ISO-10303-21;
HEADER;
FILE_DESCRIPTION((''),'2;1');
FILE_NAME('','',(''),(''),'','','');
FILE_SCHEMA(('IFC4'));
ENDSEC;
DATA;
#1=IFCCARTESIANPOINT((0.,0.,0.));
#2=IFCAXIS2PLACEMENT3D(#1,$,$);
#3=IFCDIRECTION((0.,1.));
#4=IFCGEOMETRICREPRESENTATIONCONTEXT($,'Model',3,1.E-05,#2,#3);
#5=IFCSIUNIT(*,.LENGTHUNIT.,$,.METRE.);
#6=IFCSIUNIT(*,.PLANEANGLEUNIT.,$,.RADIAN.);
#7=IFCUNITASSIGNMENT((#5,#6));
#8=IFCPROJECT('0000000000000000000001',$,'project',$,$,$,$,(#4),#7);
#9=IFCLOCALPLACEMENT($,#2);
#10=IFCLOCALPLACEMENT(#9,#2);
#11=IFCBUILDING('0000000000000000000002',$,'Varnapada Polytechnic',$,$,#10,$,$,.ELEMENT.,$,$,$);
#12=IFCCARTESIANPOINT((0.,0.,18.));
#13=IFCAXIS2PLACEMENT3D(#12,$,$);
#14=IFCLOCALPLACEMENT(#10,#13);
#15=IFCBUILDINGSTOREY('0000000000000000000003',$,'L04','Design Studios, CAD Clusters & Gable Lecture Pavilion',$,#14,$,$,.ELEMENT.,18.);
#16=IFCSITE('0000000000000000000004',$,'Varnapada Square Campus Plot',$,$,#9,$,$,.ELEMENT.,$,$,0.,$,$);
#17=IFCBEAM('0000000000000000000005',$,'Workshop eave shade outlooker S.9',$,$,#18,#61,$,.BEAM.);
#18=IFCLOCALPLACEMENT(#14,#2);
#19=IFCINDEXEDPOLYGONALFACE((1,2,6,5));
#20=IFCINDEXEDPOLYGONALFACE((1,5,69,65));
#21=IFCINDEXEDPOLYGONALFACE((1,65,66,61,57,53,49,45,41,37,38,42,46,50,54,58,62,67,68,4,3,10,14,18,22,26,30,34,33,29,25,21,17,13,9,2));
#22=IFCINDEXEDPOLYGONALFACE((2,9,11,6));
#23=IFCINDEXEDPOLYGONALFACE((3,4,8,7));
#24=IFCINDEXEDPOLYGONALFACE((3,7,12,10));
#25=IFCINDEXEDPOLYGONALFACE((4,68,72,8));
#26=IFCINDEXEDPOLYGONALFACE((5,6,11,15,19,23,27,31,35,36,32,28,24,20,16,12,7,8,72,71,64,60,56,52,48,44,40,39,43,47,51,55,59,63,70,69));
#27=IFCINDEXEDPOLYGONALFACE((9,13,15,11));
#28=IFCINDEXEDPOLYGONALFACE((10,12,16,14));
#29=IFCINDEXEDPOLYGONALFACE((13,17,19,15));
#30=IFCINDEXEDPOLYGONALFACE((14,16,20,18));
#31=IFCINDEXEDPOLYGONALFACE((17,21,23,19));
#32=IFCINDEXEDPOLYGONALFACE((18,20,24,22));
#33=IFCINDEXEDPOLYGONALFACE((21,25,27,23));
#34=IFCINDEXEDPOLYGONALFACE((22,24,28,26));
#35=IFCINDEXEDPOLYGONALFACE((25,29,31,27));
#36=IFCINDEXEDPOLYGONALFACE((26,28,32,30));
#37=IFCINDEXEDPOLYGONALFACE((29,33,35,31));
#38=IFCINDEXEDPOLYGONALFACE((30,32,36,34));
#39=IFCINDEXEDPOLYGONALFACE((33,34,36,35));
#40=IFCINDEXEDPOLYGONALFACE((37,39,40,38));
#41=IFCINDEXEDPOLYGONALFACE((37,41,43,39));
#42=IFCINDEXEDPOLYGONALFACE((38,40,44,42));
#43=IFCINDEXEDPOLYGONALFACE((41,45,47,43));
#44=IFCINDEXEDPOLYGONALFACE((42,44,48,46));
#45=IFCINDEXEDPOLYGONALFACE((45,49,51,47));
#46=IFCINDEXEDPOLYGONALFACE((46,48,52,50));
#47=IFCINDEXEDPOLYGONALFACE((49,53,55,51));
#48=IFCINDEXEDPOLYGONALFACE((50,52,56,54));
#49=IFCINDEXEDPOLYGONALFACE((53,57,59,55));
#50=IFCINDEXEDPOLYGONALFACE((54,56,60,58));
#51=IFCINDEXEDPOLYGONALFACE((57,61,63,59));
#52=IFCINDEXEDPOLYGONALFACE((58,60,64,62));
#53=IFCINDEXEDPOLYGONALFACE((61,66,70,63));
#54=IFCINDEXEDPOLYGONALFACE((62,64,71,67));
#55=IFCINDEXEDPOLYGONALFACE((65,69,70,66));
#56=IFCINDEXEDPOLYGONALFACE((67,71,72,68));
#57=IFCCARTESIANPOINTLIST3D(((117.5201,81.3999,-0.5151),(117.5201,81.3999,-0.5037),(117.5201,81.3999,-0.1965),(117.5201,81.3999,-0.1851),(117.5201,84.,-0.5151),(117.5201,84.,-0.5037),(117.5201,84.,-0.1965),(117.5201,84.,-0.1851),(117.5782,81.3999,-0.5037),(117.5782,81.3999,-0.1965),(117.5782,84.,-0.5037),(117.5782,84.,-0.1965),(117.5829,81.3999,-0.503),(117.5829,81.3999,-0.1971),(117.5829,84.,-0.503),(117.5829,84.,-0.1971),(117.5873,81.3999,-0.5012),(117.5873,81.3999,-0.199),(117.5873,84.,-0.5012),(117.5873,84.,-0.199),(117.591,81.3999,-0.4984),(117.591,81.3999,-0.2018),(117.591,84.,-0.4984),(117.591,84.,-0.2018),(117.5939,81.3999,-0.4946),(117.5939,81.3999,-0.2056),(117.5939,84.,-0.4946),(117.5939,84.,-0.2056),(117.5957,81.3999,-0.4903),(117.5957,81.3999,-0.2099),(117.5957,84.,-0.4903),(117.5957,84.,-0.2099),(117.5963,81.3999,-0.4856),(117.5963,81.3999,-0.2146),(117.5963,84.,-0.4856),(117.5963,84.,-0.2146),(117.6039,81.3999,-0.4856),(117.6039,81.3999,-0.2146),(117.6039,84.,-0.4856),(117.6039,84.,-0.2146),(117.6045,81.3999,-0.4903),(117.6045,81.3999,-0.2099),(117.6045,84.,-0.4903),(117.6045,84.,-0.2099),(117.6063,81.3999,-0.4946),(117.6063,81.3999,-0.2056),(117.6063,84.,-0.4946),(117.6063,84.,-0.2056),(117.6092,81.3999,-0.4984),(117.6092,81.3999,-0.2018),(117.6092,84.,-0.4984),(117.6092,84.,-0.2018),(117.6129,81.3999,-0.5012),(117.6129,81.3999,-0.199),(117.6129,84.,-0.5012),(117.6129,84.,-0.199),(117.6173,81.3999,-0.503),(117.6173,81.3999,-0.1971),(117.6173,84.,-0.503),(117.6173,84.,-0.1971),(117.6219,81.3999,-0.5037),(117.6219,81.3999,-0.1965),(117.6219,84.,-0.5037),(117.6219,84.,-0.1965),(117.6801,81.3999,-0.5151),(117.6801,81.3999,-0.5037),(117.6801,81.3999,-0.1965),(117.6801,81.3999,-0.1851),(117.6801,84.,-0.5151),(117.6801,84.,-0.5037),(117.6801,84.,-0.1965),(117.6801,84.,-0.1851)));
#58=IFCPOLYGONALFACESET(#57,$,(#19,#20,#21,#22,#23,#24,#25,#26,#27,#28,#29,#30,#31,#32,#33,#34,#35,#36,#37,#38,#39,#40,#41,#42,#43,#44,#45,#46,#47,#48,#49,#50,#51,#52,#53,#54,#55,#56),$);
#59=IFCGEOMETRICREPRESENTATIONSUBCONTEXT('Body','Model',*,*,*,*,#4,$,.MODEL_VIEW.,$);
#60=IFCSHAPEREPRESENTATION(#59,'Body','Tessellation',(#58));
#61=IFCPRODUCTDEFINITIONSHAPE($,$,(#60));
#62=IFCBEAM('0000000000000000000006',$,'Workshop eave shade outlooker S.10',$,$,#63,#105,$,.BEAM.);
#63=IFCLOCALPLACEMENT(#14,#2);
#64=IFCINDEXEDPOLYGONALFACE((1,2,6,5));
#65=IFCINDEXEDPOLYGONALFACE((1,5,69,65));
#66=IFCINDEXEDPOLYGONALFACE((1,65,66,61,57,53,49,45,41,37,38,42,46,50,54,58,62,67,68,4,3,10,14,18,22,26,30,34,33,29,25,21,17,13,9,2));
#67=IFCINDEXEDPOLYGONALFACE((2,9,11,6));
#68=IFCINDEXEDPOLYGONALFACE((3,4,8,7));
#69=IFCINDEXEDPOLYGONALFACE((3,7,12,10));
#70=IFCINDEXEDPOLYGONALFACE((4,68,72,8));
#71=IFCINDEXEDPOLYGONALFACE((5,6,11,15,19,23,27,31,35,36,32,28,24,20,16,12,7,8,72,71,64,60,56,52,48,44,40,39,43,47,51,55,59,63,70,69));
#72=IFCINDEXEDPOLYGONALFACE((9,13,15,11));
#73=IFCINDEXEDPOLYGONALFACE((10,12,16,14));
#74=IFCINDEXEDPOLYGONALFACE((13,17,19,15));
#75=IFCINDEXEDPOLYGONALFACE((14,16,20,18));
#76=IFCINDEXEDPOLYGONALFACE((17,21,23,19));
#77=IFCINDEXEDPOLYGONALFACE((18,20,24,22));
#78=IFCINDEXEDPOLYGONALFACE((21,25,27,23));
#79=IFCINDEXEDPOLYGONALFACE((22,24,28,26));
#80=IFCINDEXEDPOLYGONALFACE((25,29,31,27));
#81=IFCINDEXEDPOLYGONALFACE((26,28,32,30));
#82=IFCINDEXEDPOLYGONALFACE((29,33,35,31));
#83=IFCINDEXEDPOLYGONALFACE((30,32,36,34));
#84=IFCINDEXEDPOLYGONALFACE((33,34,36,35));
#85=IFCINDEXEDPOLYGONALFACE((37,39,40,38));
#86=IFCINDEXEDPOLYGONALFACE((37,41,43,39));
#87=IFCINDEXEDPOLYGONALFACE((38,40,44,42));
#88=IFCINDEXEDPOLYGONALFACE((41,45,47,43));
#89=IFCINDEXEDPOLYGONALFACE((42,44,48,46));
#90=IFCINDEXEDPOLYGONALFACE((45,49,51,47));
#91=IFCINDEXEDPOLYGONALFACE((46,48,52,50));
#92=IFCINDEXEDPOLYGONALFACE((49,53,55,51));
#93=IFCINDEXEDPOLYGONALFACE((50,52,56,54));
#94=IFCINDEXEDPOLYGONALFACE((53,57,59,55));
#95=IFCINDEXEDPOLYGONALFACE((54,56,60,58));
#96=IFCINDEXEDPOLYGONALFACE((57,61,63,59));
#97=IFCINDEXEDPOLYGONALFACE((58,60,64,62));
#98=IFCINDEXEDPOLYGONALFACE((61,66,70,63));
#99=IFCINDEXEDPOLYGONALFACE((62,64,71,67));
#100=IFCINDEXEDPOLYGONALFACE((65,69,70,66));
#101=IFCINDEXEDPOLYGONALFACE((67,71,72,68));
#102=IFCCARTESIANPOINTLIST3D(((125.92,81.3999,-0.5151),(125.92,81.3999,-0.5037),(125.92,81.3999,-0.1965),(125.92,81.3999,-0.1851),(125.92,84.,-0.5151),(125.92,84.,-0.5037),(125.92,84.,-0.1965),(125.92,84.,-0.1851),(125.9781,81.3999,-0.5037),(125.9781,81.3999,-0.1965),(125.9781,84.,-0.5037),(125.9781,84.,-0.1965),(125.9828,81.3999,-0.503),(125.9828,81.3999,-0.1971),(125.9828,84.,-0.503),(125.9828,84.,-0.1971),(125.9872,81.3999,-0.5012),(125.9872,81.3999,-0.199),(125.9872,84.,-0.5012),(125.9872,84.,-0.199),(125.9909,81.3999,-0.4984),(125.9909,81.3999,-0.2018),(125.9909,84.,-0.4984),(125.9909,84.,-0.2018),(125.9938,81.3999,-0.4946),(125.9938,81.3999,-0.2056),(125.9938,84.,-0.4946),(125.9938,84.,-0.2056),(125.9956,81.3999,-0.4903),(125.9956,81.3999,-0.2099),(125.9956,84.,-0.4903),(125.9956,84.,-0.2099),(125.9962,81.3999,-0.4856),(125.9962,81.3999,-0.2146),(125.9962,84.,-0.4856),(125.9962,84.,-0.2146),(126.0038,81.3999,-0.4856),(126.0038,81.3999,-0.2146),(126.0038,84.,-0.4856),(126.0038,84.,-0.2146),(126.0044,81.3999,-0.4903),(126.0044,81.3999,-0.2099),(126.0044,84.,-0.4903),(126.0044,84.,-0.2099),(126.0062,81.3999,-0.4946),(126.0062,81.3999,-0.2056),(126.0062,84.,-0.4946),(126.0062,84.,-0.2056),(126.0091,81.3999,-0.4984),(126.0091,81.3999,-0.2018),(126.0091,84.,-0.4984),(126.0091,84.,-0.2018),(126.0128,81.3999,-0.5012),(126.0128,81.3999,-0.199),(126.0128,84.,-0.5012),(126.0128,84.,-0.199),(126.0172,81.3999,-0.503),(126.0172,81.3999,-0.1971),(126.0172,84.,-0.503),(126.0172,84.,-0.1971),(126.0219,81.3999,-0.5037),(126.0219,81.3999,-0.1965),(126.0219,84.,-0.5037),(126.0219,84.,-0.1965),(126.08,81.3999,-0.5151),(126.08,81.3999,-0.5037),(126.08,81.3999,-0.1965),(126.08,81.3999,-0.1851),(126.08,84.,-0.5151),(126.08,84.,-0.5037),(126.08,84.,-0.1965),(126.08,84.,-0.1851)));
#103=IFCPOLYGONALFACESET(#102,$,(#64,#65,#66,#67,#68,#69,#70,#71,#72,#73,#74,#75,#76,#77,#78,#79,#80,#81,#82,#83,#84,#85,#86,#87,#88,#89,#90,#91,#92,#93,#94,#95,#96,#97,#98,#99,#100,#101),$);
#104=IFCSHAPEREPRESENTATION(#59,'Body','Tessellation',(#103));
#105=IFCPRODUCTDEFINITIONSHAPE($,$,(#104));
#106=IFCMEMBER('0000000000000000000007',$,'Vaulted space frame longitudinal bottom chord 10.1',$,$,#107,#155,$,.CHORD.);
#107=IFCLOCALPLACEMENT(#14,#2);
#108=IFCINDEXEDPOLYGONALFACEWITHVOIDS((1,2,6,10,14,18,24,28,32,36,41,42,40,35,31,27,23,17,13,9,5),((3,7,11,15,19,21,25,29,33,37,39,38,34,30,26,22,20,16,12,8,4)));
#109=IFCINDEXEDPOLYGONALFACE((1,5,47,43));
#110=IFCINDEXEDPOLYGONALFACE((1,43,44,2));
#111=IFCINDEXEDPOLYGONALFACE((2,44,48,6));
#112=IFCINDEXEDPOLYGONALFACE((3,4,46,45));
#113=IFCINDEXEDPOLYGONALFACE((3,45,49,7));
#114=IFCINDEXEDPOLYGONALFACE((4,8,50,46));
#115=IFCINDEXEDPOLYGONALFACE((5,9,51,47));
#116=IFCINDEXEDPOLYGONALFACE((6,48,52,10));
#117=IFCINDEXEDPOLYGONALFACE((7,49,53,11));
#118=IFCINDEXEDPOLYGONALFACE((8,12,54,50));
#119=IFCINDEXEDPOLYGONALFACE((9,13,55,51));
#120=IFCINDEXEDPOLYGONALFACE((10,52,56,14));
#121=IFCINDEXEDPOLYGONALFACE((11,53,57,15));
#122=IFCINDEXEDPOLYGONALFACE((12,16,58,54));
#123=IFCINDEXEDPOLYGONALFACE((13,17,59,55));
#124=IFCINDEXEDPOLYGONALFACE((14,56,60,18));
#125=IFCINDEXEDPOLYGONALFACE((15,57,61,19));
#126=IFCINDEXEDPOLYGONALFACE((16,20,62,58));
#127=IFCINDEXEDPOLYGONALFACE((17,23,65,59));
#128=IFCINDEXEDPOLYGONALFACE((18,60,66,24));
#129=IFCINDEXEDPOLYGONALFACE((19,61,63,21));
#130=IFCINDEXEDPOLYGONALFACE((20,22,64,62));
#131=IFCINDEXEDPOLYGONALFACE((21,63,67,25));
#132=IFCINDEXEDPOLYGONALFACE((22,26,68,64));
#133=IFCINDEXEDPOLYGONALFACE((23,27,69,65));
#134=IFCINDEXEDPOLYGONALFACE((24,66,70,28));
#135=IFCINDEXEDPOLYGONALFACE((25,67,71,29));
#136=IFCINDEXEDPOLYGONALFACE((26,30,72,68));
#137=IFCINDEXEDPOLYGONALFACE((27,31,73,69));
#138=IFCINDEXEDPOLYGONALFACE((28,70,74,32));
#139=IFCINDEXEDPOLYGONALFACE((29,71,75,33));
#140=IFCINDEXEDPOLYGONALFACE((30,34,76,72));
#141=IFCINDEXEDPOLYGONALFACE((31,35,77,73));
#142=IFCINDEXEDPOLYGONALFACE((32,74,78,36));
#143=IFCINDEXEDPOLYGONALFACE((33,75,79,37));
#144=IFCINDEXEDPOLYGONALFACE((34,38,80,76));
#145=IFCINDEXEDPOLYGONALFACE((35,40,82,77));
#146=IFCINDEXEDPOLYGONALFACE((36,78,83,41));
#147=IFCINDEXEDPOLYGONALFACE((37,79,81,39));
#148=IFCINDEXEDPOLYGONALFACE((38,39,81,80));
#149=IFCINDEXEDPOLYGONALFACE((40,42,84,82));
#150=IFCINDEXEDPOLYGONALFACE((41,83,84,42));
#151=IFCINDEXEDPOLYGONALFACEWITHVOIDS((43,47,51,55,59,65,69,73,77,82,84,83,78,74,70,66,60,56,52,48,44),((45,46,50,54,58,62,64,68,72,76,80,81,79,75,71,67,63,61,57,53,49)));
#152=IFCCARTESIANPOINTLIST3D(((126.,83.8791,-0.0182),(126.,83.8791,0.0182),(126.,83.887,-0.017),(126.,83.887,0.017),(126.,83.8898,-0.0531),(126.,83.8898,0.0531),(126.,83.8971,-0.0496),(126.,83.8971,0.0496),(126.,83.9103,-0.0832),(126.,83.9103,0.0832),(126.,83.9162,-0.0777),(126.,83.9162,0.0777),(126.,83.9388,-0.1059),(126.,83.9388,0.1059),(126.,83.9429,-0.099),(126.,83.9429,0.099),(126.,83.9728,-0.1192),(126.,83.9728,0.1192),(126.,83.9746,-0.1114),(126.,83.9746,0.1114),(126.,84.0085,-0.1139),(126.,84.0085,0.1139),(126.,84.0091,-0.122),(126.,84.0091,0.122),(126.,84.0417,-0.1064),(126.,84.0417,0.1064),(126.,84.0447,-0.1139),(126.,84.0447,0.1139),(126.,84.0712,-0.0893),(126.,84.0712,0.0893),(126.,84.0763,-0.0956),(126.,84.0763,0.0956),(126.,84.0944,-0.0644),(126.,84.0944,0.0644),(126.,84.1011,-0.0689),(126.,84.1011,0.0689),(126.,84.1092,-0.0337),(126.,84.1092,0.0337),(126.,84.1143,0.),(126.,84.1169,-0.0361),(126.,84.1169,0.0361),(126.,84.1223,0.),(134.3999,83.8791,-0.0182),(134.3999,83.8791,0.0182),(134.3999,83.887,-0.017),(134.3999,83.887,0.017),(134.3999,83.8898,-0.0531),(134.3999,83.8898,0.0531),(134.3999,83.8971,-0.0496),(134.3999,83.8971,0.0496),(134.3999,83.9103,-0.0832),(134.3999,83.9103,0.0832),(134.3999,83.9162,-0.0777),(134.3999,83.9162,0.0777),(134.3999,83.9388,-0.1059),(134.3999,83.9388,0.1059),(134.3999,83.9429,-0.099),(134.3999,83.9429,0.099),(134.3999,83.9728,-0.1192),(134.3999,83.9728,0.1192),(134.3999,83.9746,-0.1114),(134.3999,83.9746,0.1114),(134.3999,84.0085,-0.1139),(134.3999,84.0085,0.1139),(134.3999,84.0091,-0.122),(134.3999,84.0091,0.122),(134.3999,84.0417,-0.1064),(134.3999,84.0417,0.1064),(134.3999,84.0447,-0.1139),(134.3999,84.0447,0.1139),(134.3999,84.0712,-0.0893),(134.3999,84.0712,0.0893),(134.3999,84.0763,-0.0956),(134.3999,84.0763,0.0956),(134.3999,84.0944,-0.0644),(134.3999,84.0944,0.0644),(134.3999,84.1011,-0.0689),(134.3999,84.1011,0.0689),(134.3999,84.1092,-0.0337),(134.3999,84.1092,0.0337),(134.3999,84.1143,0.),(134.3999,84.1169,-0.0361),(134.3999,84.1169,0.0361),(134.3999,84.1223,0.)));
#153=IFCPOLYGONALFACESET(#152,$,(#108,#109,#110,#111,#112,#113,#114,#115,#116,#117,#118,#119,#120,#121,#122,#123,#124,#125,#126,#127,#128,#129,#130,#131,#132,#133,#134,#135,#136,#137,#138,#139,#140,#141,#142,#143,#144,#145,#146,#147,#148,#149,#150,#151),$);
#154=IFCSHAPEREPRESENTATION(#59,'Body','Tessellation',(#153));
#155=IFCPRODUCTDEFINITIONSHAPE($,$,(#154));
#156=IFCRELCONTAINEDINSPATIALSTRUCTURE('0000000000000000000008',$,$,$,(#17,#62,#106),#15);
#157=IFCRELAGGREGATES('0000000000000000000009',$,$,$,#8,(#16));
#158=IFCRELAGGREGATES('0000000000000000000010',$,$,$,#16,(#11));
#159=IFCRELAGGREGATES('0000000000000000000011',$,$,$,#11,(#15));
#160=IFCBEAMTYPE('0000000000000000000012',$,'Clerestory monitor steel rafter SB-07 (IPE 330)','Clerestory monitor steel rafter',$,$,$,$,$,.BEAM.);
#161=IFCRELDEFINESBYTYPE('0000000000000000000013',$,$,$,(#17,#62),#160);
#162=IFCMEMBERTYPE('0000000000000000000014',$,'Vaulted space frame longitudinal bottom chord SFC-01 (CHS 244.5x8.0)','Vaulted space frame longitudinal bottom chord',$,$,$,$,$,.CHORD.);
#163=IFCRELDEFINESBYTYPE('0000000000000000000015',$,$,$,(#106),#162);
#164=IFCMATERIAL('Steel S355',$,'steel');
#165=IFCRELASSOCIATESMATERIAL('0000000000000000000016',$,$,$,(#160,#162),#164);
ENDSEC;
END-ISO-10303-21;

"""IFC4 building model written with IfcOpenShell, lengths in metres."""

from ifc_helpers import new_model, si_unit, direction, frame, origin, origin_2d, place, context, subcontext, project, spatial, hollow_circle, i_section, extrude, material, material_profile, profile_set, type_object, element, save


model = new_model("IFC4")

# Units and contexts
model_context = context("Model", 3, precision=1e-05, world=origin(), true_north=direction((0.0, 1.0)))
body_context = subcontext(model_context, "Body", "Model", "MODEL_VIEW")
ifc_project = project(units=[si_unit("LENGTHUNIT", "METRE"), si_unit("PLANEANGLEUNIT", "RADIAN")], contexts=[model_context])

# Site, building, storey
site_placement = place(None, origin())
site = spatial("IfcSite", under=ifc_project, at=site_placement, Name="Varnapada Square Campus Plot", CompositionType="ELEMENT", RefElevation=0.0)
building_placement = place(site_placement, origin())
building = spatial("IfcBuilding", under=site, at=building_placement, Name="Varnapada Polytechnic", CompositionType="ELEMENT")
storey_placement = place(building_placement, frame((0.0, 0.0, 18.0)))
storey = spatial("IfcBuildingStorey", under=building, at=storey_placement, Name="L04", Description="Design Studios, CAD Clusters & Gable Lecture Pavilion", CompositionType="ELEMENT", Elevation=18.0)

# Beams
ifc_material = material(Name="Steel S355", Category="steel")
ifc_material_profile_1 = material_profile(ifc_material, i_section(OverallWidth=0.1599, OverallDepth=0.3301, WebThickness=0.0076, FlangeThickness=0.0115, FilletRadius=0.0181, at=origin_2d()), Name="IPE 330")
ifc_profile_set_1 = profile_set([ifc_material_profile_1], Name="Steel S355")
beam_type_1 = type_object("IfcBeamType", Name="Clerestory monitor steel rafter SB-07 (IPE 330)", Description="Clerestory monitor steel rafter", PredefinedType="BEAM", material=ifc_profile_set_1)
for number, where, z_axis, x_axis, name in (
    (1, (117.6001, 84.0, -0.3501), (0.0, -1.0, 0.0), (1.0, 0.0, 0.0), "Workshop eave shade outlooker S.9"),
    (2, (126.0, 84.0, -0.3501), (0.0, -1.0, 0.0), (1.0, 0.0, 0.0), "Workshop eave shade outlooker S.10"),
):
    element("IfcBeam", number, at=place(storey_placement, frame(where, z_axis=z_axis, x_axis=x_axis)), inside=storey, type_object=beam_type_1, Name=name, PredefinedType="BEAM", context=body_context, shape_type="SweptSolid", body=[
        extrude(i_section(OverallWidth=0.1599, OverallDepth=0.3301, WebThickness=0.0076, FlangeThickness=0.0115, FilletRadius=0.0181, at=origin_2d()), origin(), (0.0, 0.0, 1.0), 2.6001),
    ])

# Member
ifc_material_profile_2 = material_profile(ifc_material, hollow_circle(Radius=0.1223, WallThickness=0.0081, at=origin_2d()), Name="CHS 244.5x8.0")
ifc_profile_set_2 = profile_set([ifc_material_profile_2], Name="Steel S355")
member_type_1 = type_object("IfcMemberType", Name="Vaulted space frame longitudinal bottom chord SFC-01 (CHS 244.5x8.0)", Description="Vaulted space frame longitudinal bottom chord", PredefinedType="CHORD", material=ifc_profile_set_2)
member_1_placement = place(storey_placement, frame((126.0, 84.0, 0.0), z_axis=(1.0, 0.0, 0.0), x_axis=(0.0, 1.0, 0.0)))
element("IfcMember", 3, at=member_1_placement, inside=storey, type_object=member_type_1, Name="Vaulted space frame longitudinal bottom chord 10.1", PredefinedType="CHORD", context=body_context, shape_type="SweptSolid", body=[
    extrude(hollow_circle(Radius=0.1223, WallThickness=0.0081, at=origin_2d()), origin(), (0.0, 0.0, 1.0), 8.3999),
])

save(model, "model.ifc")
